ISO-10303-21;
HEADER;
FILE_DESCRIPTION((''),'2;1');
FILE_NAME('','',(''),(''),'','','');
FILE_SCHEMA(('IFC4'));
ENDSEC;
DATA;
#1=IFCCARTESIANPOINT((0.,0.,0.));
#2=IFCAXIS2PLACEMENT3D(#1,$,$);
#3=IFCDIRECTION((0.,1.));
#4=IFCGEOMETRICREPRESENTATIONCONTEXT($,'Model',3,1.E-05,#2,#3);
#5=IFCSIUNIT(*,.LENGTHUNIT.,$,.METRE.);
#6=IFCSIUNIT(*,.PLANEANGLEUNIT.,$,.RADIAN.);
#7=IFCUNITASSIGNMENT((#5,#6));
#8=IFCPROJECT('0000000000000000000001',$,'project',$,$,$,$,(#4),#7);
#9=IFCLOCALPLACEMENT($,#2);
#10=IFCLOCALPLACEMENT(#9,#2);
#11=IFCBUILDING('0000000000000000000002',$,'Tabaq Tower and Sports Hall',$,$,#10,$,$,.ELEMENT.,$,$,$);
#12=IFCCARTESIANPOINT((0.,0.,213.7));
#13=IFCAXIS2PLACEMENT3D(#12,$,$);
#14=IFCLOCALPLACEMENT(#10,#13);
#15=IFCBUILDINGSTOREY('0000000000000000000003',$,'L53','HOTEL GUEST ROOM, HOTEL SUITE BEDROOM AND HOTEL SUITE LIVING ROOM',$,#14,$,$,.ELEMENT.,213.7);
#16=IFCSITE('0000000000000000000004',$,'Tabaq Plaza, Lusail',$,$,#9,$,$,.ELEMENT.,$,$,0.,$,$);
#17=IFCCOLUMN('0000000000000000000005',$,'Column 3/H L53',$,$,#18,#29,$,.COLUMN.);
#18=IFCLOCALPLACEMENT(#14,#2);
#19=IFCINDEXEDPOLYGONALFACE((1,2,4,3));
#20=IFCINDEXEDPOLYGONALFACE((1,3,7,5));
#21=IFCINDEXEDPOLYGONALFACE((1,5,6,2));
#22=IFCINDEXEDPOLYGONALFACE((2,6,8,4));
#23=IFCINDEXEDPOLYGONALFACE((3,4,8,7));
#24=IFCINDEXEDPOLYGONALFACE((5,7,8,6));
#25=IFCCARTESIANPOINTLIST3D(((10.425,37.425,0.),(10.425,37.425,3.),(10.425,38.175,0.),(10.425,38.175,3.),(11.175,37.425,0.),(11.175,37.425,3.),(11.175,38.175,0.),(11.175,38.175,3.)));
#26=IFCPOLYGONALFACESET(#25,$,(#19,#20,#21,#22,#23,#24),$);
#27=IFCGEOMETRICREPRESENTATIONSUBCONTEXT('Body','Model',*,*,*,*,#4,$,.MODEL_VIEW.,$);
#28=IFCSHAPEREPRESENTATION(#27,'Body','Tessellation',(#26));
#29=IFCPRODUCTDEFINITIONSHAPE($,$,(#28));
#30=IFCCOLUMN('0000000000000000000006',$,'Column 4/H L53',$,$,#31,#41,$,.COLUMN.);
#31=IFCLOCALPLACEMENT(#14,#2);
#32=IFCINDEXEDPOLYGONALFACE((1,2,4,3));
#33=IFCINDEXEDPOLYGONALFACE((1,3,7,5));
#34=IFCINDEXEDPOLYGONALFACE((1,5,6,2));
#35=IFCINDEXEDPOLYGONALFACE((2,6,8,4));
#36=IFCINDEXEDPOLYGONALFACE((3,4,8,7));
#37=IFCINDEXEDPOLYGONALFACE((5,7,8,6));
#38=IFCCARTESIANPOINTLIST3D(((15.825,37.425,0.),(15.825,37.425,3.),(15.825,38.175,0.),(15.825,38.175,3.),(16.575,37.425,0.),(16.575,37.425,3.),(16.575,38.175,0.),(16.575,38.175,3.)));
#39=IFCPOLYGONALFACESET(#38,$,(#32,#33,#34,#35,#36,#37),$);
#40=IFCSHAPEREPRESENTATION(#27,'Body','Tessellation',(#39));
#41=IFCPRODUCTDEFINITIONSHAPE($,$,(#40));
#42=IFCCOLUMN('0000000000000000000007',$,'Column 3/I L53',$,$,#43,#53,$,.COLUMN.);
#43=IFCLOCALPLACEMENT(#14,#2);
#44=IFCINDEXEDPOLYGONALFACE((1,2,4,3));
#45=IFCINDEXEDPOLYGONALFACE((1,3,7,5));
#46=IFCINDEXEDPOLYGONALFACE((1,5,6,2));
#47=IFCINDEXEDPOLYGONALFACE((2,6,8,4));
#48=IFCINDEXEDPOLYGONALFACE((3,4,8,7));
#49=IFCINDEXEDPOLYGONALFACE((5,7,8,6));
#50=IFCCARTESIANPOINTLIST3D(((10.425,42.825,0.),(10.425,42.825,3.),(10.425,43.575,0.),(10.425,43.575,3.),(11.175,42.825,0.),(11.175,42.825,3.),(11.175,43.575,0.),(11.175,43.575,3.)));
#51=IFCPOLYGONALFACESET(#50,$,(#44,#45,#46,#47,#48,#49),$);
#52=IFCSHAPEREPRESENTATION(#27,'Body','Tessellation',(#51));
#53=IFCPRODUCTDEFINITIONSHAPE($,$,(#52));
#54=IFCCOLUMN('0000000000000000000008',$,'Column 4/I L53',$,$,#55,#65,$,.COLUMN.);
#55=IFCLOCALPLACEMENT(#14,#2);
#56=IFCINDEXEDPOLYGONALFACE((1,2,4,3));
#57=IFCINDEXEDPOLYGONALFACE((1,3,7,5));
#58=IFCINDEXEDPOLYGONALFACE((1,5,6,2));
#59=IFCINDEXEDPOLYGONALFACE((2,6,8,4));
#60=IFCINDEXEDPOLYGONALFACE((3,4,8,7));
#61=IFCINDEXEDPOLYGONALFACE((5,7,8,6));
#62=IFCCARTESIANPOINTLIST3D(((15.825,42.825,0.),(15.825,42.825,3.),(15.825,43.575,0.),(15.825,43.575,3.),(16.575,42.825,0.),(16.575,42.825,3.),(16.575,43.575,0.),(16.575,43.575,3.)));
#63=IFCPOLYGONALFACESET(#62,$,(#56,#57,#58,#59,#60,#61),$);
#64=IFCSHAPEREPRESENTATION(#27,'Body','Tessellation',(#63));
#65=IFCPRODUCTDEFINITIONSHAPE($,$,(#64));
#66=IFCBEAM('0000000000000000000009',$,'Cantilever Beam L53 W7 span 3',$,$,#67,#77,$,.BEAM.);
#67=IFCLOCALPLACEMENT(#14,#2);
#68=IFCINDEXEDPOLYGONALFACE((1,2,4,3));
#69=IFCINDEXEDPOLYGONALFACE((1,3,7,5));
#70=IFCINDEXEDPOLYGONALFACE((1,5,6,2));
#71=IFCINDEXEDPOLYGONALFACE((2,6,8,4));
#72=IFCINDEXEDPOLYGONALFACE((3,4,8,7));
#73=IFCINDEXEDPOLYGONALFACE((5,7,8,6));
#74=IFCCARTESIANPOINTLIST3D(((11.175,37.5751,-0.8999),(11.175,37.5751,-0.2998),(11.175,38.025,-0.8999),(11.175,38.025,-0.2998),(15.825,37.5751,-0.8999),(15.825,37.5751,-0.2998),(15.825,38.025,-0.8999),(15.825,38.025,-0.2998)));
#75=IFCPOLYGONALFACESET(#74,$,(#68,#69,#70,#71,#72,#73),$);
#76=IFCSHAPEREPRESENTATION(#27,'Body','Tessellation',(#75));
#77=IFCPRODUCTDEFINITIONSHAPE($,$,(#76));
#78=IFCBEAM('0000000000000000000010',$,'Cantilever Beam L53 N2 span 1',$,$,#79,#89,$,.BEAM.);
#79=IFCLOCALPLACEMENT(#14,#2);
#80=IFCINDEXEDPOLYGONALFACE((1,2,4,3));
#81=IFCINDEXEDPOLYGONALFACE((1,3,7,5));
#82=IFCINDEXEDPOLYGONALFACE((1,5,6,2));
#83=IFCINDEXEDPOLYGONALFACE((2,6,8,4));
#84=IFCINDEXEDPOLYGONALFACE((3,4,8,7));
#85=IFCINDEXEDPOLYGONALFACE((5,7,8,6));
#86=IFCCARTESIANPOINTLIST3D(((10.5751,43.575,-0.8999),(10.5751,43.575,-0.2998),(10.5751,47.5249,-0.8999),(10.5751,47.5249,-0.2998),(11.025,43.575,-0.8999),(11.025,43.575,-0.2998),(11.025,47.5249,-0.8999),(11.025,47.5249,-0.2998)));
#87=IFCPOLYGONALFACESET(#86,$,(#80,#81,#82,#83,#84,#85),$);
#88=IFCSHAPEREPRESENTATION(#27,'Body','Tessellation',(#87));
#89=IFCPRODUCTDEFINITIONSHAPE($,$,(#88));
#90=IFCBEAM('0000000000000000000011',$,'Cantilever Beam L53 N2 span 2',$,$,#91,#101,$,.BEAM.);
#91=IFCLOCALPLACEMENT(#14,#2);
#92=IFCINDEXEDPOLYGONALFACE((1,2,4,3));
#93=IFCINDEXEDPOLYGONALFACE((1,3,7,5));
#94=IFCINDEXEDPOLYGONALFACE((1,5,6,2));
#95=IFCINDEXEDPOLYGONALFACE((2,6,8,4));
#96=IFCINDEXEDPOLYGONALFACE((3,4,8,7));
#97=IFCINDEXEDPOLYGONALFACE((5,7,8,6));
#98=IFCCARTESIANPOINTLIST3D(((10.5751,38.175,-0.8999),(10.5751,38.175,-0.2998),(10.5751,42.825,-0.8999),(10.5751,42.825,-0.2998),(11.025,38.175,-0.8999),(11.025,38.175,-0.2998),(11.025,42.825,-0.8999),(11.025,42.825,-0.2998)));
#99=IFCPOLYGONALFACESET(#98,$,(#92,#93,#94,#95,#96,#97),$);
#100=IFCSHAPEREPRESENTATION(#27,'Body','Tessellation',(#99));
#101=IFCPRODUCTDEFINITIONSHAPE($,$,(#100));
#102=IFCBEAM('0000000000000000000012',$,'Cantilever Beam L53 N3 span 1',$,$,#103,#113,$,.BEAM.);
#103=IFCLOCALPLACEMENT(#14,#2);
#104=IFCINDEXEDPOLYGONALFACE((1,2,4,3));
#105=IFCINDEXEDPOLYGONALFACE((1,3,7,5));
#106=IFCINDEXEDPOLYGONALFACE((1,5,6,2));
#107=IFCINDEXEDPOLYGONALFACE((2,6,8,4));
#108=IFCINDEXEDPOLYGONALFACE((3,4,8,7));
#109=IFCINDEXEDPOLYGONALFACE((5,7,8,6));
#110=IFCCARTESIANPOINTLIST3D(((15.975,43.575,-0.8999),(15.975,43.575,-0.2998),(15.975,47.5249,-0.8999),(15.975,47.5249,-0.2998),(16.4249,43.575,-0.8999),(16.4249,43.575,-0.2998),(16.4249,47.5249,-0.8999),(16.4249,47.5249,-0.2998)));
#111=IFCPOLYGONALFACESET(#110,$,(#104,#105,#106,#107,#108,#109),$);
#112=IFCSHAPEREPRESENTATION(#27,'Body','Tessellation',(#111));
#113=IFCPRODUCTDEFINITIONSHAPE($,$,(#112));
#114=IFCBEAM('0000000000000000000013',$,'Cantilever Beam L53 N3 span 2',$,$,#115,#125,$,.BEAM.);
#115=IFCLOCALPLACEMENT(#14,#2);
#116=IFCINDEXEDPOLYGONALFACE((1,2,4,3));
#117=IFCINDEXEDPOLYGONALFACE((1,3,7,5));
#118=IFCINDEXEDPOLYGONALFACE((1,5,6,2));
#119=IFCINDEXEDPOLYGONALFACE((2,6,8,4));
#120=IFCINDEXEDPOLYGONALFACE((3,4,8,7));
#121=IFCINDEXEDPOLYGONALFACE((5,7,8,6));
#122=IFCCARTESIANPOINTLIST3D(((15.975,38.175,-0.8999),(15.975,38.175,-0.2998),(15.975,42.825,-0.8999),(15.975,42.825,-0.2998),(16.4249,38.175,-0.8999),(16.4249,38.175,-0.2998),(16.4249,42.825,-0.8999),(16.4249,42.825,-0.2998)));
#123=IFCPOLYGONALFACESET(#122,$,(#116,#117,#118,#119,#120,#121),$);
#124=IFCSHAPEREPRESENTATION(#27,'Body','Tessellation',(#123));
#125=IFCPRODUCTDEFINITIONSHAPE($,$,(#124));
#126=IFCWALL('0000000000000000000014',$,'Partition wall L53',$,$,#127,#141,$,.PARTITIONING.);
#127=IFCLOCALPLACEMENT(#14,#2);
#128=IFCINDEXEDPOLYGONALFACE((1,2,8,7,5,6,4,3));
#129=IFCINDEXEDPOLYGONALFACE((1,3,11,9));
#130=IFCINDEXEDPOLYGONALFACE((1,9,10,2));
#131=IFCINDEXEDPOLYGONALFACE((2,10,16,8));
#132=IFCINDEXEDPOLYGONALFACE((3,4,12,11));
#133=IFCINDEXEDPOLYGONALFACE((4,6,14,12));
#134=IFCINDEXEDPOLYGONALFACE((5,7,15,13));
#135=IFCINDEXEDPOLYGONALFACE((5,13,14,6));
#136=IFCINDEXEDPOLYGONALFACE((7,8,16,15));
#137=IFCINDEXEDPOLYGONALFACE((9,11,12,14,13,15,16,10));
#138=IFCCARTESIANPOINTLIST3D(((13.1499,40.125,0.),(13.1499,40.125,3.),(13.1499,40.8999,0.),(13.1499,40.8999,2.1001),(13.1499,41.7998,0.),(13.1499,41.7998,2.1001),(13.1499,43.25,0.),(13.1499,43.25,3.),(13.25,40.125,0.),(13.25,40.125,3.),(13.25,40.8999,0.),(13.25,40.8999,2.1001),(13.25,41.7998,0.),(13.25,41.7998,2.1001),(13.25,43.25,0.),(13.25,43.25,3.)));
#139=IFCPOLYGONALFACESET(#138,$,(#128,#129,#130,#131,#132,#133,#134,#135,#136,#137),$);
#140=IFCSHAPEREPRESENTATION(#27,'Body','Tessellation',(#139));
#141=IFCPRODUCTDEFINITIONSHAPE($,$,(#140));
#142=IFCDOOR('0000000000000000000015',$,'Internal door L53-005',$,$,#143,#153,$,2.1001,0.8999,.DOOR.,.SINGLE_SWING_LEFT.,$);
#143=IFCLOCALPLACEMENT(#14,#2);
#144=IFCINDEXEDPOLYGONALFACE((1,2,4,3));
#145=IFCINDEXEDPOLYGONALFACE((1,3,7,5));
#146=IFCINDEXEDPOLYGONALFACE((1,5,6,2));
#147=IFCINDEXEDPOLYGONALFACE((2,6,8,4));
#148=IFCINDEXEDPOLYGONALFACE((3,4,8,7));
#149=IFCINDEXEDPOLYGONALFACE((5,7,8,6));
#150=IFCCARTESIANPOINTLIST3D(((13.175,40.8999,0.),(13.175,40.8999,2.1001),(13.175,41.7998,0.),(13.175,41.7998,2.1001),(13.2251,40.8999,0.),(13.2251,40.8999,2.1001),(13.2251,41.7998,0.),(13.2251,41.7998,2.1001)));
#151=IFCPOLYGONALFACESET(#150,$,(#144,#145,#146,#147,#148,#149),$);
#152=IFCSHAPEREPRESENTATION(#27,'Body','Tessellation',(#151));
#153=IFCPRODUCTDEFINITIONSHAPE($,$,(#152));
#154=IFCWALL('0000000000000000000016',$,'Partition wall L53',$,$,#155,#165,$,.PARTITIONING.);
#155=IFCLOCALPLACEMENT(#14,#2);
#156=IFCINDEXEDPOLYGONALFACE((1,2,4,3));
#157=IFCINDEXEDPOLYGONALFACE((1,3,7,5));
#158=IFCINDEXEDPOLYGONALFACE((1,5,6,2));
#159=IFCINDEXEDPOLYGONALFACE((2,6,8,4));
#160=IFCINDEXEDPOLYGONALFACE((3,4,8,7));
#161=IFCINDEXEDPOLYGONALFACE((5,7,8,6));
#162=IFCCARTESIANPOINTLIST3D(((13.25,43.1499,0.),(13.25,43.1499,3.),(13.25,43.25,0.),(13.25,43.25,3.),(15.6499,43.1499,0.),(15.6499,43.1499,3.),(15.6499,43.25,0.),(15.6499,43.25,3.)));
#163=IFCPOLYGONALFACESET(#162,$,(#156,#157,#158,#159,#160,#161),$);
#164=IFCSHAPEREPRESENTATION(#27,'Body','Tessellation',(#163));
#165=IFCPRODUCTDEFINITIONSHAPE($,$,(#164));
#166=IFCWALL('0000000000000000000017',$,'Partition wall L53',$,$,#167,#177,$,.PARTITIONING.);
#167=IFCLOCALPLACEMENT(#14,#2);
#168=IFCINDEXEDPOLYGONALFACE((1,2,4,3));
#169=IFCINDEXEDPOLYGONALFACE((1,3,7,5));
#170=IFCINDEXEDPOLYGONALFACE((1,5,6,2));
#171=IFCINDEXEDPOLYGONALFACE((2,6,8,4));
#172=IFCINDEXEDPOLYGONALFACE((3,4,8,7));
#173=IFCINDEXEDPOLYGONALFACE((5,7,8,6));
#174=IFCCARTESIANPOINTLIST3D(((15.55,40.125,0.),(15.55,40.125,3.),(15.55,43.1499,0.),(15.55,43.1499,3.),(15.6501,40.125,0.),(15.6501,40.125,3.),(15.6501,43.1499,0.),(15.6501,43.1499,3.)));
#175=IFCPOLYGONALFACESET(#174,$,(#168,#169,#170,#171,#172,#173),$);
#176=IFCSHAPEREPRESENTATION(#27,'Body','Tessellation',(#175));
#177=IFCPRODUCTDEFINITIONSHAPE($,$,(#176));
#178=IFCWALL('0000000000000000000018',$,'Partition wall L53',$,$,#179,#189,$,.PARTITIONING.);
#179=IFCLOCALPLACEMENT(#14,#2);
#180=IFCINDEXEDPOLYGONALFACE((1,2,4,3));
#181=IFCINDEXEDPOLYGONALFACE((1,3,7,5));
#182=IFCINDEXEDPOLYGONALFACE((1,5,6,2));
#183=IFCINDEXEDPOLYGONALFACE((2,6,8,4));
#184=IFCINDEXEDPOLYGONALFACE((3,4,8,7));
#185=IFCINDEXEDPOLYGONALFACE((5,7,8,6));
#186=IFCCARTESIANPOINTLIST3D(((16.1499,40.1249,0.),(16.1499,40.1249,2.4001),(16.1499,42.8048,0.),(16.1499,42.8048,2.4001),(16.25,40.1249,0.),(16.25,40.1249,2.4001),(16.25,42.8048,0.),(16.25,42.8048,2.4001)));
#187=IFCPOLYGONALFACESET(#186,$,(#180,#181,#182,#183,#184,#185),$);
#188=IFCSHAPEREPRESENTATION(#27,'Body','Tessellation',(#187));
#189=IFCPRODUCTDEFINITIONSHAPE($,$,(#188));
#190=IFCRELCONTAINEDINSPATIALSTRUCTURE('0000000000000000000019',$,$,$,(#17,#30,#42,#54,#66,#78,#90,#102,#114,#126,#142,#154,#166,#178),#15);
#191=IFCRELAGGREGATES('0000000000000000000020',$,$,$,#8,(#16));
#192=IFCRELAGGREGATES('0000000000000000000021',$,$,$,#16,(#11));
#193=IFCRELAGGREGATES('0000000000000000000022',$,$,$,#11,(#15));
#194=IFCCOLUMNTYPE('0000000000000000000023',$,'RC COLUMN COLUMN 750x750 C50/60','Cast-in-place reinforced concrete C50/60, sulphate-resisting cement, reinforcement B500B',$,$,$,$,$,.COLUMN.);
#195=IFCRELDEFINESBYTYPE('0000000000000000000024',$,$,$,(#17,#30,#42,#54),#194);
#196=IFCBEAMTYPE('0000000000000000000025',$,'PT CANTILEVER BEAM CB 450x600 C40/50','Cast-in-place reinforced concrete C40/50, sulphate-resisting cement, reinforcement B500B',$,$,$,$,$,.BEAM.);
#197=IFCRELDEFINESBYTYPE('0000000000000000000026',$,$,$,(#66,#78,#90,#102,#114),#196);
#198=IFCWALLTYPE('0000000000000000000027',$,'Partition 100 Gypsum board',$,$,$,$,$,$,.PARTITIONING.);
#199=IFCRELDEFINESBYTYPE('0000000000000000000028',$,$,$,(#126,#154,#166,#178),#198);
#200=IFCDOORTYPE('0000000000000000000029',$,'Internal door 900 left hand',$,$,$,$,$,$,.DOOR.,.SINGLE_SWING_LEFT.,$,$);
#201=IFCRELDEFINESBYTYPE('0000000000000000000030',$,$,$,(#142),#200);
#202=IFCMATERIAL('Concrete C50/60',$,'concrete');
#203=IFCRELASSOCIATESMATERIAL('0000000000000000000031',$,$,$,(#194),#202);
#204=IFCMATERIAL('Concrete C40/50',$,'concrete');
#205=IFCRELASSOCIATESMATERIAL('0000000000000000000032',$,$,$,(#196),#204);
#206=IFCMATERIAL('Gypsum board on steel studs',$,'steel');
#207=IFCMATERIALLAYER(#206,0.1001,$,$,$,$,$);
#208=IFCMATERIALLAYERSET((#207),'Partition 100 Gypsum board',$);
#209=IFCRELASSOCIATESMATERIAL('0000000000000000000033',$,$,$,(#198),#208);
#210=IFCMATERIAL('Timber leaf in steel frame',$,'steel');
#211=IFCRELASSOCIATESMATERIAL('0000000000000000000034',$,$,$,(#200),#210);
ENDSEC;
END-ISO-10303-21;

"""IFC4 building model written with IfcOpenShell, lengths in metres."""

from ifc_helpers import new_model, si_unit, direction, frame, frame_2d, origin, origin_2d, place, context, subcontext, project, spatial, rectangle, extrude, material, layer, layer_set, material_profile, profile_set, type_object, element, fill, save


model = new_model("IFC4")

# Units and contexts
model_context = context("Model", 3, precision=1e-05, world=origin(), true_north=direction((0.0, 1.0)))
body_context = subcontext(model_context, "Body", "Model", "MODEL_VIEW")
ifc_project = project(units=[si_unit("LENGTHUNIT", "METRE"), si_unit("PLANEANGLEUNIT", "RADIAN")], contexts=[model_context])

# Site, building, storey
site_placement = place(None, origin())
site = spatial("IfcSite", under=ifc_project, at=site_placement, Name="Tabaq Plaza, Lusail", CompositionType="ELEMENT", RefElevation=0.0)
building_placement = place(site_placement, origin())
building = spatial("IfcBuilding", under=site, at=building_placement, Name="Tabaq Tower and Sports Hall", CompositionType="ELEMENT")
storey_placement = place(building_placement, frame((0.0, 0.0, 213.7)))
storey = spatial("IfcBuildingStorey", under=building, at=storey_placement, Name="L53", Description="HOTEL GUEST ROOM, HOTEL SUITE BEDROOM AND HOTEL SUITE LIVING ROOM", CompositionType="ELEMENT", Elevation=213.7)

# Columns
ifc_material_1 = material(Name="Concrete C50/60", Category="concrete")
ifc_material_profile_1 = material_profile(ifc_material_1, rectangle(XDim=0.75, YDim=0.75, at=origin_2d()), Name="COLUMN 750x750")
ifc_profile_set_1 = profile_set([ifc_material_profile_1], Name="Concrete C50/60")
column_type = type_object("IfcColumnType", Name="RC COLUMN COLUMN 750x750 C50/60", Description="Cast-in-place reinforced concrete C50/60, sulphate-resisting cement, reinforcement B500B", PredefinedType="COLUMN", material=ifc_profile_set_1)
for number, where, z_axis, x_axis, name in (
    (1, (10.8, 37.8, 0.0), (0.0, 0.0, 1.0), (1.0, 0.0, 0.0), "Column 3/H L53"),
    (2, (16.2, 37.8, 0.0), (0.0, 0.0, 1.0), (1.0, 0.0, 0.0), "Column 4/H L53"),
    (3, (10.8, 43.2, 0.0), (0.0, 0.0, 1.0), (1.0, 0.0, 0.0), "Column 3/I L53"),
    (4, (16.2, 43.2, 0.0), (0.0, 0.0, 1.0), (1.0, 0.0, 0.0), "Column 4/I L53"),
):
    element("IfcColumn", number, at=place(storey_placement, frame(where, z_axis=z_axis, x_axis=x_axis)), inside=storey, type_object=column_type, Name=name, PredefinedType="COLUMN", context=body_context, shape_type="SweptSolid", body=[
        extrude(rectangle(XDim=0.75, YDim=0.75, at=origin_2d()), origin(), (0.0, 0.0, 1.0), 3.0),
    ])

# Beams
ifc_material_2 = material(Name="Concrete C40/50", Category="concrete")
ifc_material_profile_2 = material_profile(ifc_material_2, rectangle(XDim=0.45, YDim=0.6001, at=origin_2d()), Name="CB 450x600")
ifc_profile_set_2 = profile_set([ifc_material_profile_2], Name="Concrete C40/50")
beam_type = type_object("IfcBeamType", Name="PT CANTILEVER BEAM CB 450x600 C40/50", Description="Cast-in-place reinforced concrete C40/50, sulphate-resisting cement, reinforcement B500B", PredefinedType="BEAM", material=ifc_profile_set_2)
beam_1_placement = place(storey_placement, frame((11.175, 37.8, -0.5999), z_axis=(1.0, 0.0, 0.0), x_axis=(0.0, 1.0, 0.0)))
element("IfcBeam", 5, at=beam_1_placement, inside=storey, type_object=beam_type, Name="Cantilever Beam L53 W7 span 3", PredefinedType="BEAM", context=body_context, shape_type="SweptSolid", body=[
    extrude(rectangle(XDim=0.45, YDim=0.6001, at=origin_2d()), origin(), (0.0, 0.0, 1.0), 4.6499),
])
beam_2_placement = place(storey_placement, frame((10.8, 47.5249, -0.5999), z_axis=(0.0, -1.0, 0.0), x_axis=(1.0, 0.0, 0.0)))
element("IfcBeam", 6, at=beam_2_placement, inside=storey, type_object=beam_type, Name="Cantilever Beam L53 N2 span 1", PredefinedType="BEAM", context=body_context, shape_type="SweptSolid", body=[
    extrude(rectangle(XDim=0.45, YDim=0.6001, at=origin_2d()), origin(), (0.0, 0.0, 1.0), 3.95),
])
beam_3_placement = place(storey_placement, frame((10.8, 42.825, -0.5999), z_axis=(0.0, -1.0, 0.0), x_axis=(1.0, 0.0, 0.0)))
element("IfcBeam", 7, at=beam_3_placement, inside=storey, type_object=beam_type, Name="Cantilever Beam L53 N2 span 2", PredefinedType="BEAM", context=body_context, shape_type="SweptSolid", body=[
    extrude(rectangle(XDim=0.45, YDim=0.6001, at=origin_2d()), origin(), (0.0, 0.0, 1.0), 4.6499),
])
beam_4_placement = place(storey_placement, frame((16.2, 47.5249, -0.5999), z_axis=(0.0, -1.0, 0.0), x_axis=(1.0, 0.0, 0.0)))
element("IfcBeam", 8, at=beam_4_placement, inside=storey, type_object=beam_type, Name="Cantilever Beam L53 N3 span 1", PredefinedType="BEAM", context=body_context, shape_type="SweptSolid", body=[
    extrude(rectangle(XDim=0.45, YDim=0.6001, at=origin_2d()), origin(), (0.0, 0.0, 1.0), 3.95),
])
beam_5_placement = place(storey_placement, frame((16.2, 42.825, -0.5999), z_axis=(0.0, -1.0, 0.0), x_axis=(1.0, 0.0, 0.0)))
element("IfcBeam", 9, at=beam_5_placement, inside=storey, type_object=beam_type, Name="Cantilever Beam L53 N3 span 2", PredefinedType="BEAM", context=body_context, shape_type="SweptSolid", body=[
    extrude(rectangle(XDim=0.45, YDim=0.6001, at=origin_2d()), origin(), (0.0, 0.0, 1.0), 4.6499),
])

# Wall, opening, door
ifc_material_3 = material(Name="Gypsum board on steel studs", Category="steel")
ifc_layer_1 = layer(ifc_material_3, 0.1001)
ifc_layer_set_1 = layer_set([ifc_layer_1], Name="Partition 100 Gypsum board")
wall_type_1 = type_object("IfcWallType", Name="Partition 100 Gypsum board", PredefinedType="PARTITIONING", material=ifc_layer_set_1)
wall_1_placement = place(storey_placement, frame((13.2, 40.125, 0.0), z_axis=(0.0, 0.0, 1.0), x_axis=(0.0, 1.0, 0.0)))
wall_1 = element("IfcWall", 10, at=wall_1_placement, inside=storey, type_object=wall_type_1, Name="Partition wall L53", PredefinedType="PARTITIONING", context=body_context, shape_type="SweptSolid", body=[
    extrude(rectangle(XDim=3.125, YDim=0.1001, at=frame_2d((1.5625, 0.0))), origin(), (0.0, 0.0, 1.0), 3.0),
])
opening_1_placement = place(wall_1_placement, frame((0.7749, 0.0, 0.0)))
opening_1 = element("IfcOpeningElement", 11, at=opening_1_placement, cuts=wall_1, PredefinedType="OPENING", context=body_context, shape_type="SweptSolid", body=[
    extrude(rectangle(XDim=0.8999, YDim=2.1001, at=frame_2d((0.45, 1.05))), frame((0.0, 0.05, 0.0), z_axis=(0.0, -1.0, 0.0), x_axis=(1.0, 0.0, 0.0)), (0.0, 0.0, 1.0), 0.1001),
])
ifc_material_4 = material(Name="Timber leaf in steel frame", Category="steel")
door_type_1 = type_object("IfcDoorType", Name="Internal door 900 left hand", OperationType="SINGLE_SWING_LEFT", PredefinedType="DOOR", material=ifc_material_4)
door_1_placement = place(opening_1_placement, origin())
door_1 = element("IfcDoor", 12, at=door_1_placement, inside=storey, type_object=door_type_1, Name="Internal door L53-005", OperationType="SINGLE_SWING_LEFT", OverallHeight=2.1001, OverallWidth=0.8999, PredefinedType="DOOR", context=body_context, shape_type="SweptSolid", body=[
    extrude(rectangle(XDim=0.8999, YDim=2.1001, at=frame_2d((0.45, 1.05))), frame((0.0, 0.0249, 0.0), z_axis=(0.0, -1.0, 0.0), x_axis=(1.0, 0.0, 0.0)), (0.0, 0.0, 1.0), 0.05),
])
fill(opening_1, door_1)

# Walls
wall_2_placement = place(storey_placement, frame((13.25, 43.2, 0.0), z_axis=(0.0, 0.0, 1.0), x_axis=(1.0, 0.0, 0.0)))
element("IfcWall", 13, at=wall_2_placement, inside=storey, type_object=wall_type_1, Name="Partition wall L53", PredefinedType="PARTITIONING", context=body_context, shape_type="SweptSolid", body=[
    extrude(rectangle(XDim=2.3999, YDim=0.1001, at=frame_2d((1.2, 0.0))), origin(), (0.0, 0.0, 1.0), 3.0),
])
wall_3_placement = place(storey_placement, frame((15.6001, 43.1499, 0.0), z_axis=(0.0, 0.0, 1.0), x_axis=(0.0, -1.0, 0.0)))
element("IfcWall", 14, at=wall_3_placement, inside=storey, type_object=wall_type_1, Name="Partition wall L53", PredefinedType="PARTITIONING", context=body_context, shape_type="SweptSolid", body=[
    extrude(rectangle(XDim=3.0249, YDim=0.1001, at=frame_2d((1.5125, 0.0))), origin(), (0.0, 0.0, 1.0), 3.0),
])
wall_4_placement = place(storey_placement, frame((16.2, 40.125, 0.0), z_axis=(0.0, 0.0, 1.0), x_axis=(0.0, 1.0, 0.0)))
element("IfcWall", 15, at=wall_4_placement, inside=storey, type_object=wall_type_1, Name="Partition wall L53", PredefinedType="PARTITIONING", context=body_context, shape_type="SweptSolid", body=[
    extrude(rectangle(XDim=2.6799, YDim=0.1001, at=frame_2d((1.3398, 0.0))), origin(), (0.0, 0.0, 1.0), 2.4001),
])

save(model, "model.ifc")
